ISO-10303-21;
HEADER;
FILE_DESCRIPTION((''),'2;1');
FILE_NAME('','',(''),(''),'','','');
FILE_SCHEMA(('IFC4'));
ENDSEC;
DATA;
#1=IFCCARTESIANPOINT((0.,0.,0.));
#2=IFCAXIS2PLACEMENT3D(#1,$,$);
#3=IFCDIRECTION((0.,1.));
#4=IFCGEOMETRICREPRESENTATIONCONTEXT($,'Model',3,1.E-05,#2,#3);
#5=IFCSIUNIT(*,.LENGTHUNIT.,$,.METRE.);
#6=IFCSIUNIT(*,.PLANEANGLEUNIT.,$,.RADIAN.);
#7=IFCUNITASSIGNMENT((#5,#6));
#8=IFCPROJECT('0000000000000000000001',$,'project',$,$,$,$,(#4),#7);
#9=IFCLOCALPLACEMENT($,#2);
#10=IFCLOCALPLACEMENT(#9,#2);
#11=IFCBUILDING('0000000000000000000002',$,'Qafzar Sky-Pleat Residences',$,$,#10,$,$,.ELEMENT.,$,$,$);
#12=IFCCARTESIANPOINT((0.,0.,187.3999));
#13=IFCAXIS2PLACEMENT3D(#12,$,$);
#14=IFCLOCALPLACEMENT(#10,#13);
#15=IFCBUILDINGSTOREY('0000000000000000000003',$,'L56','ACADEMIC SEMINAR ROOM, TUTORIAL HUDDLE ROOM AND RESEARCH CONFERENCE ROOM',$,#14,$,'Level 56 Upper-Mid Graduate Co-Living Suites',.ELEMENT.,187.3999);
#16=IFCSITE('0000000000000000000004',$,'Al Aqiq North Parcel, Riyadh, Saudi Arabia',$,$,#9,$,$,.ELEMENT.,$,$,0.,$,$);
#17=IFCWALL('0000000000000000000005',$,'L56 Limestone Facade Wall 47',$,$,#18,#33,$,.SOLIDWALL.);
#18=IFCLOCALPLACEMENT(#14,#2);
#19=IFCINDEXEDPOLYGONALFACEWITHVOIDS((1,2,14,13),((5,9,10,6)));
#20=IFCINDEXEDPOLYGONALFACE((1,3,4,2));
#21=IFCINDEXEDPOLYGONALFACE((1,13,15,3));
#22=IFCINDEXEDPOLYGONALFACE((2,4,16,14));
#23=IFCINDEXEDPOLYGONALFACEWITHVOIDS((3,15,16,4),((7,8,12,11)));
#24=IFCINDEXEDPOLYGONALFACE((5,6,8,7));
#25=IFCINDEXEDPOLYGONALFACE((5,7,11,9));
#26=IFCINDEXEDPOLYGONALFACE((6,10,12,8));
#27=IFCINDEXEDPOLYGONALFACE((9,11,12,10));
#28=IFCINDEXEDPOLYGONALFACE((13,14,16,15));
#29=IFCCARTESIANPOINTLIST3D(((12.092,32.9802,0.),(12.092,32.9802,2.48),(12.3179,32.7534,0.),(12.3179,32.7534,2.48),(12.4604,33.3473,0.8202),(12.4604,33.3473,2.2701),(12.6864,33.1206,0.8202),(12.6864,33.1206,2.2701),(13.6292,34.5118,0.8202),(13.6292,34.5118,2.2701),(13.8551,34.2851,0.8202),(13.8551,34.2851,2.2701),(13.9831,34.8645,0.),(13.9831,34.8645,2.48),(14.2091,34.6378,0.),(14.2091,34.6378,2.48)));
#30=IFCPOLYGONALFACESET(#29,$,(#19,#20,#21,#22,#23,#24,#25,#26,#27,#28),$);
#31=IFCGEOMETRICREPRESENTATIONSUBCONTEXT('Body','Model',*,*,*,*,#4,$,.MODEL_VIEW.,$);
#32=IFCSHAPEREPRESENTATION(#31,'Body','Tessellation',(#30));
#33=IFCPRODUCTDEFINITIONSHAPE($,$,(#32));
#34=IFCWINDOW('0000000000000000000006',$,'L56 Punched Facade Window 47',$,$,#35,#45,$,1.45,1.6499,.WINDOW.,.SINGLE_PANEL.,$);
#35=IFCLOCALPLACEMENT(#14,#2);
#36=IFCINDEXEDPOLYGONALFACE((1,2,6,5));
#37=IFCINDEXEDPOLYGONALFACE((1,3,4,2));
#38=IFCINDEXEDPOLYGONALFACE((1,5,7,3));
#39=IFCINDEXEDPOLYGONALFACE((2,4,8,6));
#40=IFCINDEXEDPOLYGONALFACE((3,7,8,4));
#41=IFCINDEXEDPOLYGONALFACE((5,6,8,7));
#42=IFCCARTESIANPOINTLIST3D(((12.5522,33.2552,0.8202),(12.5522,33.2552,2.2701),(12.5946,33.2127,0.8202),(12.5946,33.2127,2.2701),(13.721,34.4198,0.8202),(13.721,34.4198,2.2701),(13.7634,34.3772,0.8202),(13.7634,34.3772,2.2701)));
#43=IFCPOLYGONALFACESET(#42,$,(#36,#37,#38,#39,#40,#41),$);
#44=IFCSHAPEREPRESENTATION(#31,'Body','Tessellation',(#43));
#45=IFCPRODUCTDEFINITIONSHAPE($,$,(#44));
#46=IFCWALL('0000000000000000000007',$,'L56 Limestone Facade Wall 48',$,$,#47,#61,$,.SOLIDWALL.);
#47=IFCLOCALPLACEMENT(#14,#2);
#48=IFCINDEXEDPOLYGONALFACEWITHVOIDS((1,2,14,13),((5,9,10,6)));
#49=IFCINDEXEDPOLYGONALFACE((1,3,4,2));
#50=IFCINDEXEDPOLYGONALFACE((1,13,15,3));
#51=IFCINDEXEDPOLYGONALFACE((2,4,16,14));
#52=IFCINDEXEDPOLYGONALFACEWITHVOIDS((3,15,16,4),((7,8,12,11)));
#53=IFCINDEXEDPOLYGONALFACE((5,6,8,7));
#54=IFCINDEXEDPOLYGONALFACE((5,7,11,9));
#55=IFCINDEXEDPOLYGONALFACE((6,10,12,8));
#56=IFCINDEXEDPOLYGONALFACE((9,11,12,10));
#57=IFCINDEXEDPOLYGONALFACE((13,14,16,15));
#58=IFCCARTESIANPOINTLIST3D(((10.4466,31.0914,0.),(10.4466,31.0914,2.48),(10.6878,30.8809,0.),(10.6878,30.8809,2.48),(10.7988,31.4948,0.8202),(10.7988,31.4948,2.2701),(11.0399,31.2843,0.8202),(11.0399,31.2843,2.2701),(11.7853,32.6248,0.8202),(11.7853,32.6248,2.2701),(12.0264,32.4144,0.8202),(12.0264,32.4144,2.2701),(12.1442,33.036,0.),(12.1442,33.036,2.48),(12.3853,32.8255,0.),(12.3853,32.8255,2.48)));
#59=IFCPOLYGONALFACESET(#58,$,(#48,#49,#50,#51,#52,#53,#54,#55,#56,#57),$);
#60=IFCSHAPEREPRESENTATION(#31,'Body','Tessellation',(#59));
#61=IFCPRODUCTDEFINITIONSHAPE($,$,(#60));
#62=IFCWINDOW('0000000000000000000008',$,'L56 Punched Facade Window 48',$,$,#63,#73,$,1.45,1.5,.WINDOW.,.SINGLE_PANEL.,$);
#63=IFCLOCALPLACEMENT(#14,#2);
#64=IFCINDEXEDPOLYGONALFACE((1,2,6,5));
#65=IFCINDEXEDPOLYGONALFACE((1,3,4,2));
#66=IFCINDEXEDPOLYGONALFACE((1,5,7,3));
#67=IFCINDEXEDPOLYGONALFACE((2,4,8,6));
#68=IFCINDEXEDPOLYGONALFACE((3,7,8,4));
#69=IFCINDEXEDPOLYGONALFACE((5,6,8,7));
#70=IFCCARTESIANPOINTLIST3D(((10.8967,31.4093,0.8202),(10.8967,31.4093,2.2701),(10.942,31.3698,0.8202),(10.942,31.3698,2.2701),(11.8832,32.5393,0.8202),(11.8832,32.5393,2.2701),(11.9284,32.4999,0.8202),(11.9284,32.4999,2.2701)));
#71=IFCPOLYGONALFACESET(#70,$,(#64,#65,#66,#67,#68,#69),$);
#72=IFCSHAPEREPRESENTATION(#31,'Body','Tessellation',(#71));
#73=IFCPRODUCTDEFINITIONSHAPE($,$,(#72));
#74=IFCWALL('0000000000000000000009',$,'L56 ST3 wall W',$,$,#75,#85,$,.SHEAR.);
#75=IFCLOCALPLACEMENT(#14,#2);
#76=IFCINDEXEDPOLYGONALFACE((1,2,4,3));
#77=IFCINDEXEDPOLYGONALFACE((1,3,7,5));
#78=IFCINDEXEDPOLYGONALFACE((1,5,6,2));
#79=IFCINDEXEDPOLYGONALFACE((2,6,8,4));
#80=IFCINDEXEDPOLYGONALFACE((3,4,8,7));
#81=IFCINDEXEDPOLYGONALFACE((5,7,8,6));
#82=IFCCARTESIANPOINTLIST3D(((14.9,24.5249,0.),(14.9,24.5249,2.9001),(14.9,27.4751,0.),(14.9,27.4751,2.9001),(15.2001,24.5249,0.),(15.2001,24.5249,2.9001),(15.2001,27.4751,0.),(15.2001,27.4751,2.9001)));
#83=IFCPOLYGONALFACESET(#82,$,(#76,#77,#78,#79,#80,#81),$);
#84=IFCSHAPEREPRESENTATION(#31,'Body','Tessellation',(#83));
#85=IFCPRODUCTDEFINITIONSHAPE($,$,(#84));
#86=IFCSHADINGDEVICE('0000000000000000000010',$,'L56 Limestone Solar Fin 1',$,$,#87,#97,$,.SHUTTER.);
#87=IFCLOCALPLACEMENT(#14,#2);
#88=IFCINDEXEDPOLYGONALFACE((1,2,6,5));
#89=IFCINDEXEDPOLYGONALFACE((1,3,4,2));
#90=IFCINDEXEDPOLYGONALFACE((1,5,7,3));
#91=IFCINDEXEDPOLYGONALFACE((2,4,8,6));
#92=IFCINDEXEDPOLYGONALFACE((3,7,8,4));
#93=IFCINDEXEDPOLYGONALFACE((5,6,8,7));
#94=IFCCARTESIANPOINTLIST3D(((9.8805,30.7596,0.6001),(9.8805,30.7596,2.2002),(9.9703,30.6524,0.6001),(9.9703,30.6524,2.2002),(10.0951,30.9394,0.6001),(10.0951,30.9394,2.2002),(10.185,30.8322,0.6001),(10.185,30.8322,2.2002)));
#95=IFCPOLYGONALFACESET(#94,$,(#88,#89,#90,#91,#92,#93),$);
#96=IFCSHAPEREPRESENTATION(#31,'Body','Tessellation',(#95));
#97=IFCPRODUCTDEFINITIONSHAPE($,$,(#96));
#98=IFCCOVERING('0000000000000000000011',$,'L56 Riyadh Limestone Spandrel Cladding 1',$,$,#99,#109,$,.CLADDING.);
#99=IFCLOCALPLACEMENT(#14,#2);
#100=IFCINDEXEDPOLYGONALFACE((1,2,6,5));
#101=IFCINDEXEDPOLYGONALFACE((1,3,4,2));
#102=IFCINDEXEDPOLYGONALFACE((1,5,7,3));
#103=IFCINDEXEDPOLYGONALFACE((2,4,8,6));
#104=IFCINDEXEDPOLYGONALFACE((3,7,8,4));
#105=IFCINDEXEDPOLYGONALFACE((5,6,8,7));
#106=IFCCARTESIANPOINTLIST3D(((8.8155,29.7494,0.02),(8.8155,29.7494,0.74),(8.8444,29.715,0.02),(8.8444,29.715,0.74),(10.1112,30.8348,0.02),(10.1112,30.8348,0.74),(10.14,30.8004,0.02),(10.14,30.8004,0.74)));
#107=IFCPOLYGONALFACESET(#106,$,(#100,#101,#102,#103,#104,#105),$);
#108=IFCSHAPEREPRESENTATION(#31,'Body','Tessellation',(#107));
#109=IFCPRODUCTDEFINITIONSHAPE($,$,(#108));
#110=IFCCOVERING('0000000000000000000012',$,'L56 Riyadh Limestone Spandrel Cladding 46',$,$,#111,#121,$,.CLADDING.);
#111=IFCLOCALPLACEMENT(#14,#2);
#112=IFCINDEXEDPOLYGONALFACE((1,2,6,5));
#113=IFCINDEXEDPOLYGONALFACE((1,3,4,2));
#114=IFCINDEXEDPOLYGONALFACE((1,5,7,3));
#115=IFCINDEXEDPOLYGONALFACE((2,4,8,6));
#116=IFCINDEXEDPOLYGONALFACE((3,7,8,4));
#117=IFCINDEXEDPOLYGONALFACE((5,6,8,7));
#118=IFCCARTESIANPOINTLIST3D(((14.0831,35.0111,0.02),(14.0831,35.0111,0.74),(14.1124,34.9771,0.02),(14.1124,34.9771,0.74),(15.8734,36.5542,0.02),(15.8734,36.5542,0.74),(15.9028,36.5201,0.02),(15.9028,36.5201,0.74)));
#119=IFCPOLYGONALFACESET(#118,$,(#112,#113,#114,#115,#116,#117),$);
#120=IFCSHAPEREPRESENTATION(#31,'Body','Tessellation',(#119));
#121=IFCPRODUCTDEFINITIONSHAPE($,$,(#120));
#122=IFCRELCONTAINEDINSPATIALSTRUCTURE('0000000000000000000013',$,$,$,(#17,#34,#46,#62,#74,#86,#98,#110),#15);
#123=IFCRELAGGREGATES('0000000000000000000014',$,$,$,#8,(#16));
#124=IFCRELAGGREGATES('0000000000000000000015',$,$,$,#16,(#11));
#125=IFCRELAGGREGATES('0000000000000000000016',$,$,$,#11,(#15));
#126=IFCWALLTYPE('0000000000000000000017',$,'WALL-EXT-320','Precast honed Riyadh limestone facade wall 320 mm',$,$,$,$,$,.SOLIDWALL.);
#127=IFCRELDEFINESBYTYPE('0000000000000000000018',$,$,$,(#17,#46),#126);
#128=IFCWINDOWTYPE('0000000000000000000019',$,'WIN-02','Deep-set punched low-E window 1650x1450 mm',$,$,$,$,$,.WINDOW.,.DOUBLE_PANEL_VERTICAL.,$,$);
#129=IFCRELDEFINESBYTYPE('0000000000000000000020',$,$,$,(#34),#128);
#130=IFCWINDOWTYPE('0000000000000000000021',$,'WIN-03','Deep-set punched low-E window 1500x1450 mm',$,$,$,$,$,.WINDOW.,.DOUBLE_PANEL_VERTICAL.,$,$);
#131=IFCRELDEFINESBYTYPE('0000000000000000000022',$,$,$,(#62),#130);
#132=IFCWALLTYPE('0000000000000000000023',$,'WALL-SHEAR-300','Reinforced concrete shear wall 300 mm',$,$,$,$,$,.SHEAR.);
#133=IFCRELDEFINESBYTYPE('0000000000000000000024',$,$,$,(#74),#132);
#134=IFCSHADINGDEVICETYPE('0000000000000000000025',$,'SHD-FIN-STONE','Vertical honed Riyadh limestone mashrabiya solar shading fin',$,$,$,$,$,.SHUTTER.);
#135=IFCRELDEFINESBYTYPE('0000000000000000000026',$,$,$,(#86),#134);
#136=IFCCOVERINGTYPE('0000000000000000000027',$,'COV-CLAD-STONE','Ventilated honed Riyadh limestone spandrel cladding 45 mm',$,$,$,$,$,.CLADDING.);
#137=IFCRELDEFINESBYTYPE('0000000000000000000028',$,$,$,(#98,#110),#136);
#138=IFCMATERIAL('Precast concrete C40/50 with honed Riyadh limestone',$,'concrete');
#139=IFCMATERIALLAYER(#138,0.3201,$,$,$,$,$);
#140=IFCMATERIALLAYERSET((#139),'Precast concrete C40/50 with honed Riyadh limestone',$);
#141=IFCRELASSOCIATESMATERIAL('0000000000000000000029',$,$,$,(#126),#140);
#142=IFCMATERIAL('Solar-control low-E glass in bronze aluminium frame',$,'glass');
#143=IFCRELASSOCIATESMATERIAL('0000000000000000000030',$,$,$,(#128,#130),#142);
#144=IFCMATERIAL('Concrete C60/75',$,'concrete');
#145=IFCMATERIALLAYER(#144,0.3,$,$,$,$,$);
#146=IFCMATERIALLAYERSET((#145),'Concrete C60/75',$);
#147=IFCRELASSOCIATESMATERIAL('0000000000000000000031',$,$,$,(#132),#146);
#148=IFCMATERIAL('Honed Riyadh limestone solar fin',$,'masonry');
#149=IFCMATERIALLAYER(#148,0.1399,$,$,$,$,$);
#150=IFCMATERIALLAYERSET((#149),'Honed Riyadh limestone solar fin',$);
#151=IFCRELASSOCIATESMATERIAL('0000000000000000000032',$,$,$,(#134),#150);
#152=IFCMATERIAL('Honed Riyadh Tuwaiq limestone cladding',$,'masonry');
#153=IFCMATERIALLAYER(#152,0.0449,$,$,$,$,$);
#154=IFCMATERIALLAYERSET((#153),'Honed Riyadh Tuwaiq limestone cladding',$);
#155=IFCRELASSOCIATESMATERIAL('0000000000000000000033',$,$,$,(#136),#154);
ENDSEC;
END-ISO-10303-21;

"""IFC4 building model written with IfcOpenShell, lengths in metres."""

from ifc_helpers import new_model, si_unit, direction, frame, frame_2d, origin, origin_2d, place, context, subcontext, project, spatial, rectangle, extrude, source, transform, mapped, material, layer, layer_set, type_object, element, fill, save


model = new_model("IFC4")

# Units and contexts
model_context = context("Model", 3, precision=1e-05, world=origin(), true_north=direction((0.0, 1.0)))
body_context = subcontext(model_context, "Body", "Model", "MODEL_VIEW")
ifc_project = project(units=[si_unit("LENGTHUNIT", "METRE"), si_unit("PLANEANGLEUNIT", "RADIAN")], contexts=[model_context])

# Site, building, storey
site_placement = place(None, origin())
site = spatial("IfcSite", under=ifc_project, at=site_placement, Name="Al Aqiq North Parcel, Riyadh, Saudi Arabia", CompositionType="ELEMENT", RefElevation=0.0)
building_placement = place(site_placement, origin())
building = spatial("IfcBuilding", under=site, at=building_placement, Name="Qafzar Sky-Pleat Residences", CompositionType="ELEMENT")
storey_placement = place(building_placement, frame((0.0, 0.0, 187.3999)))
storey = spatial("IfcBuildingStorey", under=building, at=storey_placement, Name="L56", Description="ACADEMIC SEMINAR ROOM, TUTORIAL HUDDLE ROOM AND RESEARCH CONFERENCE ROOM", LongName="Level 56 Upper-Mid Graduate Co-Living Suites", CompositionType="ELEMENT", Elevation=187.3999)

# Shared definitions
ifc_material_1 = material(Name="Concrete C60/75", Category="concrete")

# Walls, openings, windows
ifc_material_2 = material(Name="Precast concrete C40/50 with honed Riyadh limestone", Category="concrete")
ifc_layer_1 = layer(ifc_material_2, 0.3201)
ifc_layer_set_1 = layer_set([ifc_layer_1], Name="Precast concrete C40/50 with honed Riyadh limestone")
wall_type_1 = type_object("IfcWallType", Name="WALL-EXT-320", Description="Precast honed Riyadh limestone facade wall 320 mm", PredefinedType="SOLIDWALL", material=ifc_layer_set_1)
ifc_material_3 = material(Name="Solar-control low-E glass in bronze aluminium frame", Category="glass")
wall_1_placement = place(storey_placement, frame((14.0962, 34.7512, 0.0), z_axis=(0.0, 0.0, 1.0), x_axis=(-0.708386, -0.705825, 0.0)))
wall_1 = element("IfcWall", 1, at=wall_1_placement, inside=storey, type_object=wall_type_1, Name="L56 Limestone Facade Wall 47", PredefinedType="SOLIDWALL", context=body_context, shape_type="SweptSolid", body=[
    extrude(rectangle(XDim=2.6697, YDim=0.3201, at=frame_2d((1.335, 0.0))), origin(), (0.0, 0.0, 1.0), 2.48),
])
opening_1_placement = place(wall_1_placement, frame((0.4998, 0.0, 0.8201)))
opening_1 = element("IfcOpeningElement", 2, at=opening_1_placement, cuts=wall_1, PredefinedType="OPENING", context=body_context, shape_type="SweptSolid", body=[
    extrude(rectangle(XDim=1.6499, YDim=1.45, at=frame_2d((0.825, 0.7251))), frame((0.0, 0.1699, 0.0), z_axis=(0.0, -1.0, 0.0), x_axis=(1.0, 0.0, 0.0)), (0.0, 0.0, 1.0), 0.3401),
])
window_type_1 = type_object("IfcWindowType", Name="WIN-02", Description="Deep-set punched low-E window 1650x1450 mm", PartitioningType="DOUBLE_PANEL_VERTICAL", PredefinedType="WINDOW", material=ifc_material_3)
shared_shape_1 = source(origin(), body_context, "Body", "SweptSolid", [
    extrude(rectangle(XDim=1.6499, YDim=1.45, at=frame_2d((0.825, 0.7251))), frame((0.0, 0.03, 0.0), z_axis=(0.0, -1.0, 0.0), x_axis=(1.0, 0.0, 0.0)), (0.0, 0.0, 1.0), 0.0601),
])
window_1_placement = place(opening_1_placement, origin())
window_1 = element("IfcWindow", 3, at=window_1_placement, inside=storey, type_object=window_type_1, Name="L56 Punched Facade Window 47", OverallHeight=1.45, OverallWidth=1.6499, PartitioningType="SINGLE_PANEL", PredefinedType="WINDOW", context=body_context, shape_type="MappedRepresentation", body=[
    mapped(shared_shape_1, transform((0.0, 0.0, 0.0), x_axis=(1.0, 0.0, 0.0), y_axis=(0.0, 1.0, 0.0), z_axis=(0.0, 0.0, 1.0), scale=1.0)),
])
fill(opening_1, window_1)
wall_2_placement = place(storey_placement, frame((12.2646, 32.9307, 0.0), z_axis=(0.0, 0.0, 1.0), x_axis=(-0.657627, -0.753344, 0.0)))
wall_2 = element("IfcWall", 4, at=wall_2_placement, inside=storey, type_object=wall_type_1, Name="L56 Limestone Facade Wall 48", PredefinedType="SOLIDWALL", context=body_context, shape_type="SweptSolid", body=[
    extrude(rectangle(XDim=2.5813, YDim=0.3201, at=frame_2d((1.2905, 0.0))), origin(), (0.0, 0.0, 1.0), 2.48),
])
opening_2_placement = place(wall_2_placement, frame((0.5457, 0.0, 0.8201)))
opening_2 = element("IfcOpeningElement", 5, at=opening_2_placement, cuts=wall_2, PredefinedType="OPENING", context=body_context, shape_type="SweptSolid", body=[
    extrude(rectangle(XDim=1.5, YDim=1.45, at=frame_2d((0.75, 0.7251))), frame((0.0, 0.1699, 0.0), z_axis=(0.0, -1.0, 0.0), x_axis=(1.0, 0.0, 0.0)), (0.0, 0.0, 1.0), 0.3401),
])
window_type_2 = type_object("IfcWindowType", Name="WIN-03", Description="Deep-set punched low-E window 1500x1450 mm", PartitioningType="DOUBLE_PANEL_VERTICAL", PredefinedType="WINDOW", material=ifc_material_3)
shared_shape_2 = source(origin(), body_context, "Body", "SweptSolid", [
    extrude(rectangle(XDim=1.5, YDim=1.45, at=frame_2d((0.75, 0.7251))), frame((0.0, 0.03, 0.0), z_axis=(0.0, -1.0, 0.0), x_axis=(1.0, 0.0, 0.0)), (0.0, 0.0, 1.0), 0.0601),
])
window_2_placement = place(opening_2_placement, origin())
window_2 = element("IfcWindow", 6, at=window_2_placement, inside=storey, type_object=window_type_2, Name="L56 Punched Facade Window 48", OverallHeight=1.45, OverallWidth=1.5, PartitioningType="SINGLE_PANEL", PredefinedType="WINDOW", context=body_context, shape_type="MappedRepresentation", body=[
    mapped(shared_shape_2, transform((0.0, 0.0, 0.0), x_axis=(1.0, 0.0, 0.0), y_axis=(0.0, 1.0, 0.0), z_axis=(0.0, 0.0, 1.0), scale=1.0)),
])
fill(opening_2, window_2)

# Wall
ifc_layer_2 = layer(ifc_material_1, 0.3)
ifc_layer_set_2 = layer_set([ifc_layer_2], Name="Concrete C60/75")
wall_type_2 = type_object("IfcWallType", Name="WALL-SHEAR-300", Description="Reinforced concrete shear wall 300 mm", PredefinedType="SHEAR", material=ifc_layer_set_2)
wall_3_placement = place(storey_placement, frame((15.05, 27.4751, 0.0), z_axis=(0.0, 0.0, 1.0), x_axis=(0.0, -1.0, 0.0)))
element("IfcWall", 7, at=wall_3_placement, inside=storey, type_object=wall_type_2, Name="L56 ST3 wall W", PredefinedType="SHEAR", context=body_context, shape_type="SweptSolid", body=[
    extrude(rectangle(XDim=2.9502, YDim=0.3, at=frame_2d((1.4751, 0.0))), origin(), (0.0, 0.0, 1.0), 2.9001),
])

# Shading device
ifc_material_4 = material(Name="Honed Riyadh limestone solar fin", Category="masonry")
ifc_layer_3 = layer(ifc_material_4, 0.1399)
ifc_layer_set_3 = layer_set([ifc_layer_3], Name="Honed Riyadh limestone solar fin")
shading_device_type = type_object("IfcShadingDeviceType", Name="SHD-FIN-STONE", Description="Vertical honed Riyadh limestone mashrabiya solar shading fin", PredefinedType="SHUTTER", material=ifc_layer_set_3)
shared_shape_3 = source(origin(), body_context, "Body", "SweptSolid", [
    extrude(rectangle(XDim=0.1399, YDim=0.28, at=origin_2d()), origin(), (0.0, 0.0, 1.0), 1.6001),
])
shading_device_placement = place(storey_placement, frame((10.0327, 30.7959, 0.6001), z_axis=(0.0, 0.0, 1.0), x_axis=(-0.642174, 0.766559, 0.0)))
element("IfcShadingDevice", 8, at=shading_device_placement, inside=storey, type_object=shading_device_type, Name="L56 Limestone Solar Fin 1", PredefinedType="SHUTTER", context=body_context, shape_type="MappedRepresentation", body=[
    mapped(shared_shape_3, transform((0.0, 0.0, 0.0), x_axis=(1.0, 0.0, 0.0), y_axis=(0.0, 1.0, 0.0), z_axis=(0.0, 0.0, 1.0), scale=1.0)),
])

# Coverings
ifc_material_5 = material(Name="Honed Riyadh Tuwaiq limestone cladding", Category="masonry")
ifc_layer_4 = layer(ifc_material_5, 0.0449)
ifc_layer_set_4 = layer_set([ifc_layer_4], Name="Honed Riyadh Tuwaiq limestone cladding")
covering_type = type_object("IfcCoveringType", Name="COV-CLAD-STONE", Description="Ventilated honed Riyadh limestone spandrel cladding 45 mm", PredefinedType="CLADDING", material=ifc_layer_set_4)
shared_shape_4 = source(origin(), body_context, "Body", "SweptSolid", [
    extrude(rectangle(XDim=1.6902, YDim=0.0449, at=origin_2d()), origin(), (0.0, 0.0, 1.0), 0.72),
])
covering_1_placement = place(storey_placement, frame((9.4778, 30.2749, 0.02), z_axis=(0.0, 0.0, 1.0), x_axis=(-0.766556, -0.642178, 0.0)))
element("IfcCovering", 9, at=covering_1_placement, inside=storey, type_object=covering_type, Name="L56 Riyadh Limestone Spandrel Cladding 1", PredefinedType="CLADDING", context=body_context, shape_type="MappedRepresentation", body=[
    mapped(shared_shape_4, transform((0.0, 0.0, 0.0), x_axis=(1.0, 0.0, 0.0), y_axis=(0.0, 1.0, 0.0), z_axis=(0.0, 0.0, 1.0), scale=1.0)),
])
shared_shape_5 = source(origin(), body_context, "Body", "SweptSolid", [
    extrude(rectangle(XDim=2.3635, YDim=0.0449, at=origin_2d()), origin(), (0.0, 0.0, 1.0), 0.72),
])
covering_2_placement = place(storey_placement, frame((14.9929, 35.7656, 0.02), z_axis=(0.0, 0.0, 1.0), x_axis=(-0.757488, -0.652849, 0.0)))
element("IfcCovering", 10, at=covering_2_placement, inside=storey, type_object=covering_type, Name="L56 Riyadh Limestone Spandrel Cladding 46", PredefinedType="CLADDING", context=body_context, shape_type="MappedRepresentation", body=[
    mapped(shared_shape_5, transform((0.0, 0.0, 0.0), x_axis=(1.0, 0.0, 0.0), y_axis=(0.0, 1.0, 0.0), z_axis=(0.0, 0.0, 1.0), scale=1.0)),
])

save(model, "model.ifc")
